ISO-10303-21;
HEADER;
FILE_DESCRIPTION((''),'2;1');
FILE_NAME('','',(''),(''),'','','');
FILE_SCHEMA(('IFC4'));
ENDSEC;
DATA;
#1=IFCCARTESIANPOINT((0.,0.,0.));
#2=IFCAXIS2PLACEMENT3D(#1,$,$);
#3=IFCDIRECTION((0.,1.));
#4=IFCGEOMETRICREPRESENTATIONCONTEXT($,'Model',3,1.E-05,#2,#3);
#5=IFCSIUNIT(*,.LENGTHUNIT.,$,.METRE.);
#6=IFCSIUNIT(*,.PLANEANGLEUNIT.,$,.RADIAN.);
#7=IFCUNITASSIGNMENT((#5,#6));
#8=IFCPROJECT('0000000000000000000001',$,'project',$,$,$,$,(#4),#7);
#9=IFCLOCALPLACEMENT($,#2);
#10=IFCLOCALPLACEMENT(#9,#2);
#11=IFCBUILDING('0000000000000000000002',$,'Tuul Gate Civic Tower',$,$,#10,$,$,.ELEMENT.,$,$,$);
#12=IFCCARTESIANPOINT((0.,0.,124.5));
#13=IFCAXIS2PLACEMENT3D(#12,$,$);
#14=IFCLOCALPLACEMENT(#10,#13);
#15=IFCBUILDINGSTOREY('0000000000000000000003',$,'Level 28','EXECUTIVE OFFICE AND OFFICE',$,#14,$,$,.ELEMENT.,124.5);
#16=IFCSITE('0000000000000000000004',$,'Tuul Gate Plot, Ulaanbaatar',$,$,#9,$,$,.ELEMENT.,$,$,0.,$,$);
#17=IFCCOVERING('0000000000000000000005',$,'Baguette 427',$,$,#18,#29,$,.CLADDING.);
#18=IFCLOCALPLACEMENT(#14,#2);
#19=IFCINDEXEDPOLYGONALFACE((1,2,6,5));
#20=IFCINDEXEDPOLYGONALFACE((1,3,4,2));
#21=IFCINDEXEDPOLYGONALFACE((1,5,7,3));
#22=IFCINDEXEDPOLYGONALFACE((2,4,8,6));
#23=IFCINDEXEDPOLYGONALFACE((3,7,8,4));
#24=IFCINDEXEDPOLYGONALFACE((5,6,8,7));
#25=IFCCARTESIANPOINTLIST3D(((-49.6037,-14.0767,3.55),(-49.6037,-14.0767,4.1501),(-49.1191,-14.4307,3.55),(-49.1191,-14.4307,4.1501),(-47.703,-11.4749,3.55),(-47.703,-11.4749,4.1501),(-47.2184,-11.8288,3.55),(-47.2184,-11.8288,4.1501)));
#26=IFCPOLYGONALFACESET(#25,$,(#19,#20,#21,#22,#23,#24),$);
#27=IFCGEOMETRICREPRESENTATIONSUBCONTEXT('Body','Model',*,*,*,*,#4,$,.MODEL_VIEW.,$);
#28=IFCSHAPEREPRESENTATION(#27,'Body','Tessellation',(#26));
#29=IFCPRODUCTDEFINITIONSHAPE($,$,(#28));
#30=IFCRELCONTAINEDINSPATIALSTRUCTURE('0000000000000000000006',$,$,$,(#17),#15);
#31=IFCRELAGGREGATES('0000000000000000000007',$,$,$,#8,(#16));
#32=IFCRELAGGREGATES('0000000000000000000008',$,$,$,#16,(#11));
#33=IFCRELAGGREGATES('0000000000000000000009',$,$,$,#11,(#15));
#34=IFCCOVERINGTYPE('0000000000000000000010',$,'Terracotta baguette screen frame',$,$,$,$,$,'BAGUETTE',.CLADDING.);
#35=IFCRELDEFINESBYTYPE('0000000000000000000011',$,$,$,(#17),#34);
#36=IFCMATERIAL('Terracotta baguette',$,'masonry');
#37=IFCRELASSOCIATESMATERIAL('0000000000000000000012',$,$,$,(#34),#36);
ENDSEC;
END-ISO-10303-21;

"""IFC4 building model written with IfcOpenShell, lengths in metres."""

from ifc_helpers import new_model, si_unit, direction, frame, origin, origin_2d, place, context, subcontext, project, spatial, rectangle, extrude, material, material_profile, profile_set, type_object, element, save


model = new_model("IFC4")

# Units and contexts
model_context = context("Model", 3, precision=1e-05, world=origin(), true_north=direction((0.0, 1.0)))
body_context = subcontext(model_context, "Body", "Model", "MODEL_VIEW")
ifc_project = project(units=[si_unit("LENGTHUNIT", "METRE"), si_unit("PLANEANGLEUNIT", "RADIAN")], contexts=[model_context])

# Site, building, storey
site_placement = place(None, origin())
site = spatial("IfcSite", under=ifc_project, at=site_placement, Name="Tuul Gate Plot, Ulaanbaatar", CompositionType="ELEMENT", RefElevation=0.0)
building_placement = place(site_placement, origin())
building = spatial("IfcBuilding", under=site, at=building_placement, Name="Tuul Gate Civic Tower", CompositionType="ELEMENT")
storey_placement = place(building_placement, frame((0.0, 0.0, 124.5)))
storey = spatial("IfcBuildingStorey", under=building, at=storey_placement, Name="Level 28", Description="EXECUTIVE OFFICE AND OFFICE", CompositionType="ELEMENT", Elevation=124.5)

# Covering
ifc_material_1 = material(Name="Terracotta baguette", Category="masonry")
ifc_material_profile_1 = material_profile(ifc_material_1, rectangle(XDim=0.6001, YDim=0.6001, at=origin_2d()), Name="Terracotta baguette screen frame")
ifc_profile_set_1 = profile_set([ifc_material_profile_1], Name="Terracotta baguette")
covering_type = type_object("IfcCoveringType", Name="Terracotta baguette screen frame", ElementType="BAGUETTE", PredefinedType="CLADDING", material=ifc_profile_set_1)
covering_1_placement = place(storey_placement, frame((-47.4607, -11.6519, 3.8501), z_axis=(-0.589878, -0.807492, 0.0), x_axis=(0.807492, -0.589878, 0.0)))
element("IfcCovering", 1, at=covering_1_placement, inside=storey, type_object=covering_type, Name="Baguette 427", PredefinedType="CLADDING", context=body_context, shape_type="SweptSolid", body=[
    extrude(rectangle(XDim=0.6001, YDim=0.6001, at=origin_2d()), origin(), (0.0, 0.0, 1.0), 3.2222),
])

save(model, "model.ifc")
